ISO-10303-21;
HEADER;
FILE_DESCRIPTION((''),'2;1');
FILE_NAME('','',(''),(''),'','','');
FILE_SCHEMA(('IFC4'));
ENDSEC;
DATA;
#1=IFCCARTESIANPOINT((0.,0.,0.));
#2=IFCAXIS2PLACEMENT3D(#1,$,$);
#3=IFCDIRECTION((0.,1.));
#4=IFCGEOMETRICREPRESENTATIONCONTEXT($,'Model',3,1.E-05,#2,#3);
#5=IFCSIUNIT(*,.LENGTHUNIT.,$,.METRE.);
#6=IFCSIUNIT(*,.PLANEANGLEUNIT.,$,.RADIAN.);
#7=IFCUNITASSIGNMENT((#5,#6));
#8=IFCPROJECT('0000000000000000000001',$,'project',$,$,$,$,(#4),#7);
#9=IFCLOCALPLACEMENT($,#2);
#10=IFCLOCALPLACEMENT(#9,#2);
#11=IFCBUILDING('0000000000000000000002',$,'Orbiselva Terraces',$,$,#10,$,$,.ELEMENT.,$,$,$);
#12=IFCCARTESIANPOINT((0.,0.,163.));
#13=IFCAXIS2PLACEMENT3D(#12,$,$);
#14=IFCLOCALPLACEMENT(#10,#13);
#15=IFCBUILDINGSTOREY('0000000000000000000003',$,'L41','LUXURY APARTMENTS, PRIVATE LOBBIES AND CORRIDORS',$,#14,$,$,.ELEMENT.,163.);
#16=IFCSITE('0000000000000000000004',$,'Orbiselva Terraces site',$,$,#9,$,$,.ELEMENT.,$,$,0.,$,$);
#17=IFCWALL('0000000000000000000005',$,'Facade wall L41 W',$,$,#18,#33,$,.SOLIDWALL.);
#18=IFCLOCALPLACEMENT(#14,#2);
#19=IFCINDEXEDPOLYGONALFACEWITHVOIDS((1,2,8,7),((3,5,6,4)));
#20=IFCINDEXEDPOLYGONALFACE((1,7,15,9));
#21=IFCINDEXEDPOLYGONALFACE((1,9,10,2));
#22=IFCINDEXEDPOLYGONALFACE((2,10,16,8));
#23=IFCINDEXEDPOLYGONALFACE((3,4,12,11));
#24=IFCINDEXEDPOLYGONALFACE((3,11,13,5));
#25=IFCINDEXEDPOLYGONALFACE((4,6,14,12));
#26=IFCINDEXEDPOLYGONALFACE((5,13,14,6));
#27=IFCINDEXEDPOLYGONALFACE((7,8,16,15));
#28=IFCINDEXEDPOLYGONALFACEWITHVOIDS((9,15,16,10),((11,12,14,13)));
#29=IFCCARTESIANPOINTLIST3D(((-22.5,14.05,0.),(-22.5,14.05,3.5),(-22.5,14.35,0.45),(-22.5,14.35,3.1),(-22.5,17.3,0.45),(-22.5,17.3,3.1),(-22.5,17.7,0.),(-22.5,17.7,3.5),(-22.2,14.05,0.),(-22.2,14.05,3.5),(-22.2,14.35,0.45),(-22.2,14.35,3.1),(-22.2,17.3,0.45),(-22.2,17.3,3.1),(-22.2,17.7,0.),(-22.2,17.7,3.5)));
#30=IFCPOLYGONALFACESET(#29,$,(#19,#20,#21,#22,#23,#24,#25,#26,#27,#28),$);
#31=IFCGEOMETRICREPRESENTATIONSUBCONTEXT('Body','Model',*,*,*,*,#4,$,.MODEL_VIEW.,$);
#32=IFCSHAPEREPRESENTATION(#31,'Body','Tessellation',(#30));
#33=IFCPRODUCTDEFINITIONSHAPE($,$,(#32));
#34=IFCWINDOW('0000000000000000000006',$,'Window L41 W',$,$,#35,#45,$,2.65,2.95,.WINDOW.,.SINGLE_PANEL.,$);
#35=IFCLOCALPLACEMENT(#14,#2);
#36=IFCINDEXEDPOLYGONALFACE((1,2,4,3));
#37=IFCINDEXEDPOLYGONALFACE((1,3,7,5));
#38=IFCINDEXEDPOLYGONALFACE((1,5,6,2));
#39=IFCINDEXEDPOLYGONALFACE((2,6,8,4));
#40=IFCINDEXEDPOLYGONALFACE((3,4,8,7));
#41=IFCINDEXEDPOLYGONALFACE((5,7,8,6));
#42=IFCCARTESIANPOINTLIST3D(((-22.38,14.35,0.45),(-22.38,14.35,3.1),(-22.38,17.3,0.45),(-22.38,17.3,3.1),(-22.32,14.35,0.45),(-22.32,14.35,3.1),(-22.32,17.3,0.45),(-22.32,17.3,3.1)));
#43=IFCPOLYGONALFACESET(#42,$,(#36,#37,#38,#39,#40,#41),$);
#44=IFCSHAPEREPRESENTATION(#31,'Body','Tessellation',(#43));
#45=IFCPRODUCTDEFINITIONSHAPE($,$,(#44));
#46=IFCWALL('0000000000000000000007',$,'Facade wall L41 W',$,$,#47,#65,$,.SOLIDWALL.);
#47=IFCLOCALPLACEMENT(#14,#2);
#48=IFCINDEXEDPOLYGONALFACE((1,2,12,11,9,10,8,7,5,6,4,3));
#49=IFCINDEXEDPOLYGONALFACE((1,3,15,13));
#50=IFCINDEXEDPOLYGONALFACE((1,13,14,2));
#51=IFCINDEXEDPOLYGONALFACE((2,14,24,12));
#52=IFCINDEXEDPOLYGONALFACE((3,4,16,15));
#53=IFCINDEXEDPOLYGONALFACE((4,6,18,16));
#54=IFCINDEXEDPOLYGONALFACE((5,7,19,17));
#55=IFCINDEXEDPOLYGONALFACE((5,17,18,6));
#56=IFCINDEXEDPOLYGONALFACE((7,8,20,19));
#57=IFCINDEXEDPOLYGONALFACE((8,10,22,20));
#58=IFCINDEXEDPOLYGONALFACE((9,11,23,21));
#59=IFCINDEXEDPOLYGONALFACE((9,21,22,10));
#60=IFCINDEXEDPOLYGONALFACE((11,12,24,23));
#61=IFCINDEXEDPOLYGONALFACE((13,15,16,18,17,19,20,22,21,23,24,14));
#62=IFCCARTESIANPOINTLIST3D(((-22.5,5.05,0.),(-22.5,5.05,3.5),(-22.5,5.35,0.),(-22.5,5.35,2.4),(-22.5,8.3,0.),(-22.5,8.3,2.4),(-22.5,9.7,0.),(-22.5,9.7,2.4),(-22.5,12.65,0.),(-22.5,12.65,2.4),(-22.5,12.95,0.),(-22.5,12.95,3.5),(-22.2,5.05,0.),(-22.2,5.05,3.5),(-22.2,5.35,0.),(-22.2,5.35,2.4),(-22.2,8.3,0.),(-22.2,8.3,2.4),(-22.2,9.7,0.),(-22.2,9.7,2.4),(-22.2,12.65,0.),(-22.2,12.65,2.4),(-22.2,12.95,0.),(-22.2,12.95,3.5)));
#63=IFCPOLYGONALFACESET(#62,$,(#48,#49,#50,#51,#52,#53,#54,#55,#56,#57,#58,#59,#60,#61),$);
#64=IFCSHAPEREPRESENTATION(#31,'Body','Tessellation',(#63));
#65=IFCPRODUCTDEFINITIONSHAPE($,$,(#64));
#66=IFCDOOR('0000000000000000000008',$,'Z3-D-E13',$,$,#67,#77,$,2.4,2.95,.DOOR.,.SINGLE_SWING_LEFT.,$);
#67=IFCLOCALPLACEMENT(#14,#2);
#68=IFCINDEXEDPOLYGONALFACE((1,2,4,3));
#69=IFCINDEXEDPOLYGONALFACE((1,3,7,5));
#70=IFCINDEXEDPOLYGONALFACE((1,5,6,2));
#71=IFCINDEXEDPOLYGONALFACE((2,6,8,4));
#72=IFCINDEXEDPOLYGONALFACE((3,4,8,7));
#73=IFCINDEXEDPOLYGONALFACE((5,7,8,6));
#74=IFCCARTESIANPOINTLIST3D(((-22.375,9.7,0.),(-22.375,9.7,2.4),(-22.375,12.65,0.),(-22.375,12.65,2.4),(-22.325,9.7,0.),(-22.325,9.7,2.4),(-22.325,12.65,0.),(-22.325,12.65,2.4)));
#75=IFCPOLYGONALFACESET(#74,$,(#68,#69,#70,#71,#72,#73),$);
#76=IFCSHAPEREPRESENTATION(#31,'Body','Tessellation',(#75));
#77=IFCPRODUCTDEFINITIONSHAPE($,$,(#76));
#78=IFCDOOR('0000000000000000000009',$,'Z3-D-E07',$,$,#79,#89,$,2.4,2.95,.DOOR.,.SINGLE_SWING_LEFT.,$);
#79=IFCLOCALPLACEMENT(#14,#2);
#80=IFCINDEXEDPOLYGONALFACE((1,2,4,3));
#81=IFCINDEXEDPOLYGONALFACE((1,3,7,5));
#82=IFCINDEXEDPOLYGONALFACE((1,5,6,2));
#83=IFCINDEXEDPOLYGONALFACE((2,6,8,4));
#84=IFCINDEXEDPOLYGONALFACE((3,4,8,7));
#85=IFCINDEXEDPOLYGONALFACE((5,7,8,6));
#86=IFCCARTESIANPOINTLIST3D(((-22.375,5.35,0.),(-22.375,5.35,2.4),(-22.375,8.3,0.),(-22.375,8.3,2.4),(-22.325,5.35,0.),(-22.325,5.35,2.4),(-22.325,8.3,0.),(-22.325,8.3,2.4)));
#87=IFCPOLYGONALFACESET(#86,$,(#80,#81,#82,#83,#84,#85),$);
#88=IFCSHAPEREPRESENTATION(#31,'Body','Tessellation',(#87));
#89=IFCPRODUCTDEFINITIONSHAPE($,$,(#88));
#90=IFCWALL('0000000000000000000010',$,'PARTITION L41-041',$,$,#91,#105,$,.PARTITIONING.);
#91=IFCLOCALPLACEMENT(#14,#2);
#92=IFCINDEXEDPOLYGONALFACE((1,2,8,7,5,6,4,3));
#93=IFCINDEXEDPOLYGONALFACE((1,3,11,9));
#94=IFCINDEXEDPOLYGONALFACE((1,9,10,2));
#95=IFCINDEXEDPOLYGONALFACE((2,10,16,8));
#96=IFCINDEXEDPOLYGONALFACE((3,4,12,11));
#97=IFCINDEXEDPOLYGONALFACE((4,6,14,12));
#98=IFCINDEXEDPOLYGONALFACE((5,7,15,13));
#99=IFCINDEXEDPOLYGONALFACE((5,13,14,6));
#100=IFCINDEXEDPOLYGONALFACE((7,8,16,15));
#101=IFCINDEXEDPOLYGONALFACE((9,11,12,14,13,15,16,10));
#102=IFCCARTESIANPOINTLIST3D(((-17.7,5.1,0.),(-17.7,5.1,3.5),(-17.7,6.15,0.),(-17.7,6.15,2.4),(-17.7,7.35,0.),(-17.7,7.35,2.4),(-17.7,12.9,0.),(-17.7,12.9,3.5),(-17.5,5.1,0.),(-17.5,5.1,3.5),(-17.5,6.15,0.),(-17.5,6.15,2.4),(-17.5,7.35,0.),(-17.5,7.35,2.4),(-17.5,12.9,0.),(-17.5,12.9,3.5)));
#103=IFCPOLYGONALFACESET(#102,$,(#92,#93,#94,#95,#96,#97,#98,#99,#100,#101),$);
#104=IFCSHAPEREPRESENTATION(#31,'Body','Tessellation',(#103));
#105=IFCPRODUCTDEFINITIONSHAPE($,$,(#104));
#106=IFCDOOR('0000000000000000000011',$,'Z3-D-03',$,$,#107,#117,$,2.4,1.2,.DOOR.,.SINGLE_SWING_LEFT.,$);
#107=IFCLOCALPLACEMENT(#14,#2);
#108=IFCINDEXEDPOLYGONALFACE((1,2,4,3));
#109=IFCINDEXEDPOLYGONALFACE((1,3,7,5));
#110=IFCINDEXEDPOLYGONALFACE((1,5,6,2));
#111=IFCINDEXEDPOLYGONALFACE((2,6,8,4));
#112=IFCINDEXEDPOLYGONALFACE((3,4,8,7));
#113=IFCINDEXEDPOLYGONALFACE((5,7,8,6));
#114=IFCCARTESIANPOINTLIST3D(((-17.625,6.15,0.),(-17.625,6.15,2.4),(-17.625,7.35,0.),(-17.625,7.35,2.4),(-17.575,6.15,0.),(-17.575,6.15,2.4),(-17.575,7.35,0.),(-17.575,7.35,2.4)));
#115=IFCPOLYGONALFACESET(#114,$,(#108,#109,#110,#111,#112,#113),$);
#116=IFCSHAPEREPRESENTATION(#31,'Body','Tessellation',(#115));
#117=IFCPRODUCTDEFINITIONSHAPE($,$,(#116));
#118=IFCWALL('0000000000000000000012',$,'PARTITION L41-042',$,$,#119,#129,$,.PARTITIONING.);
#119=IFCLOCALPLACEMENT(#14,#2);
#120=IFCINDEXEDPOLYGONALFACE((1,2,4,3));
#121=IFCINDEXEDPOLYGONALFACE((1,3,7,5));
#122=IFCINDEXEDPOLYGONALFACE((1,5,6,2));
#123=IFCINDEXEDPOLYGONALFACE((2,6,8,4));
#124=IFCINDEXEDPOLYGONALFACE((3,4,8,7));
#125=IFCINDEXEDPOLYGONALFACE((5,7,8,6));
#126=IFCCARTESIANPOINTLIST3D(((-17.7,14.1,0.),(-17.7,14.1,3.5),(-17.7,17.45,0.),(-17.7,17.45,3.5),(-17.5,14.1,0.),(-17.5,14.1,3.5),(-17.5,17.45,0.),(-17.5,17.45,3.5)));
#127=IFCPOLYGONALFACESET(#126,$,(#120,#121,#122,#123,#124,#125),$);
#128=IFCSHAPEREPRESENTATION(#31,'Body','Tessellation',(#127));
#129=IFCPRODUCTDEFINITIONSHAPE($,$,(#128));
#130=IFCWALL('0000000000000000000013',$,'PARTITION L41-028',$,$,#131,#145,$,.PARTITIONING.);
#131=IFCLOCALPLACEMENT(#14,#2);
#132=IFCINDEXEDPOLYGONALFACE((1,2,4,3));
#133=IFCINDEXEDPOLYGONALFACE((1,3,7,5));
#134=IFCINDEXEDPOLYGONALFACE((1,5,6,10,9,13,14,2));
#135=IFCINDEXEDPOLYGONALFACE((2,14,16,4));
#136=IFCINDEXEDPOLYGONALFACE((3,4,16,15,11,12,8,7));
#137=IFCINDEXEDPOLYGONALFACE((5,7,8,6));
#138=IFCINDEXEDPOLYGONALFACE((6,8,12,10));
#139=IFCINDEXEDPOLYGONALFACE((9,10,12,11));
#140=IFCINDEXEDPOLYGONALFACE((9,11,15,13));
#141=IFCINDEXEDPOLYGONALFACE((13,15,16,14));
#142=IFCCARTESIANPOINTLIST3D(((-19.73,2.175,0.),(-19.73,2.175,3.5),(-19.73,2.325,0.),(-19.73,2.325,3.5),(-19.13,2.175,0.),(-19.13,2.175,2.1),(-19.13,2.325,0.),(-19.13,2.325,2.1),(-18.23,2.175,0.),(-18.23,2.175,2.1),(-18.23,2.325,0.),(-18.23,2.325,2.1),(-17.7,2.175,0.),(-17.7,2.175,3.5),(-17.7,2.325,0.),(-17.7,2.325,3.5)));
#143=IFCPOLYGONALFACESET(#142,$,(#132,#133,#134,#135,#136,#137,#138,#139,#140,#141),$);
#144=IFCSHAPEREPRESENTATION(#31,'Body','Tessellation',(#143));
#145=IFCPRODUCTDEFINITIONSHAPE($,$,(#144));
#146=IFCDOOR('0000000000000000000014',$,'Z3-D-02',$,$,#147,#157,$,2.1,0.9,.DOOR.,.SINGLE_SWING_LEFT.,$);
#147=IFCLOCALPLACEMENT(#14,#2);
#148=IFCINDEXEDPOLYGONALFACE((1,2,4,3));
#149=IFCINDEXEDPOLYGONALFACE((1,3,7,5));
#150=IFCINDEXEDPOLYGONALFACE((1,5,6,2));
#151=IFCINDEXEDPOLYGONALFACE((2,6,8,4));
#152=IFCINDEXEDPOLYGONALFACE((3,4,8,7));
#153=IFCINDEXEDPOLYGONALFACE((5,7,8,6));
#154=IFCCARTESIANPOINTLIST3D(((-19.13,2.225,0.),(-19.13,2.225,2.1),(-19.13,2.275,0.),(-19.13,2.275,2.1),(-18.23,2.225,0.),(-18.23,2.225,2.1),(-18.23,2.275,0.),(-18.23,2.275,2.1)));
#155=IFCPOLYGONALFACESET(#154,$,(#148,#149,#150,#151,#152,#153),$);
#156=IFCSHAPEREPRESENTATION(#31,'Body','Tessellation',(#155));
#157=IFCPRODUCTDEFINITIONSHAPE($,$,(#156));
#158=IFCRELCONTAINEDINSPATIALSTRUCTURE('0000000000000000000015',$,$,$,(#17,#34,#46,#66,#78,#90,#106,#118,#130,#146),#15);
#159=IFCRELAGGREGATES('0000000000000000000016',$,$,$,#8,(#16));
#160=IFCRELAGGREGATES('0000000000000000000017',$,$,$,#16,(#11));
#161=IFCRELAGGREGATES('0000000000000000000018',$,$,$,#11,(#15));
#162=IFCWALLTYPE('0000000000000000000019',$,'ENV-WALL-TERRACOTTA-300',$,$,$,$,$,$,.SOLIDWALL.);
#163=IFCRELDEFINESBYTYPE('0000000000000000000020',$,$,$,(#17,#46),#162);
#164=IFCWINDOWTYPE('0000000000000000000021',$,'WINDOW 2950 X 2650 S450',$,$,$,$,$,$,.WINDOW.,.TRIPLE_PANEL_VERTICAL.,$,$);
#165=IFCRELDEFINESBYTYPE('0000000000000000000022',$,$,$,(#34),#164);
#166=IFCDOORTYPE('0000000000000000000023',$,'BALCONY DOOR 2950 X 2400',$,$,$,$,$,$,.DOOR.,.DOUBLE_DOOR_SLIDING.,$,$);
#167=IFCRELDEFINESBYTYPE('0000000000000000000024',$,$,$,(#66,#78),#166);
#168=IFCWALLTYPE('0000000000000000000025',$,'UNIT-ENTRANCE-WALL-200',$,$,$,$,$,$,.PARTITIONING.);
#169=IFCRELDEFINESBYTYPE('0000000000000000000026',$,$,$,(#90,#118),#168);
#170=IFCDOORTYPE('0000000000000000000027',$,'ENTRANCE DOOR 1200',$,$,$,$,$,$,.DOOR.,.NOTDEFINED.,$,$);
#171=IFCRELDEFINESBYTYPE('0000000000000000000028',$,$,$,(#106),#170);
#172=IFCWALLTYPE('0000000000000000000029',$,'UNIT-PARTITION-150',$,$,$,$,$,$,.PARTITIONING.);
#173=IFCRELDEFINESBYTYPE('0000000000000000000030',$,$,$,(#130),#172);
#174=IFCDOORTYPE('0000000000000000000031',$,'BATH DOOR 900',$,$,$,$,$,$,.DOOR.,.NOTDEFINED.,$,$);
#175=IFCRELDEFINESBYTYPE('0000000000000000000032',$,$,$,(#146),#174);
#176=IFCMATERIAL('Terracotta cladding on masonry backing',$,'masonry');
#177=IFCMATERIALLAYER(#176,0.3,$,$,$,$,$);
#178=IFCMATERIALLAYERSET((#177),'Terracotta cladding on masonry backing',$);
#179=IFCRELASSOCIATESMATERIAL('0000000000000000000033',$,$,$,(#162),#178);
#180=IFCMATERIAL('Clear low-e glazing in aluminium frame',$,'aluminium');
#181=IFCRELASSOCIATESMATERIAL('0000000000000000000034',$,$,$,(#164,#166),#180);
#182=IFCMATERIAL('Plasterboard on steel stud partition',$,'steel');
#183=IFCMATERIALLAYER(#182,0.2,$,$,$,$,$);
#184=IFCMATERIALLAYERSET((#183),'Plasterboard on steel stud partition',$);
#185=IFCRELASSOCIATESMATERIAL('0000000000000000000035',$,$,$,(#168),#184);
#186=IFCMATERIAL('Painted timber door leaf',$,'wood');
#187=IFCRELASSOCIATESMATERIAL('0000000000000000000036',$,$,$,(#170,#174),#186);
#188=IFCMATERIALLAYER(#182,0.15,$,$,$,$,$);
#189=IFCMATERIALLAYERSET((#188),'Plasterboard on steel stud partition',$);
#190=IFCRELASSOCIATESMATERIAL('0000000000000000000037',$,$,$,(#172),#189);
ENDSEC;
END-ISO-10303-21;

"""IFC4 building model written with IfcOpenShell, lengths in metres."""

from ifc_helpers import new_model, si_unit, direction, frame, frame_2d, origin, place, context, subcontext, project, spatial, rectangle, extrude, material, layer, layer_set, type_object, element, fill, save


model = new_model("IFC4")

# Units and contexts
model_context = context("Model", 3, precision=1e-05, world=origin(), true_north=direction((0.0, 1.0)))
body_context = subcontext(model_context, "Body", "Model", "MODEL_VIEW")
ifc_project = project(units=[si_unit("LENGTHUNIT", "METRE"), si_unit("PLANEANGLEUNIT", "RADIAN")], contexts=[model_context])

# Site, building, storey
site_placement = place(None, origin())
site = spatial("IfcSite", under=ifc_project, at=site_placement, Name="Orbiselva Terraces site", CompositionType="ELEMENT", RefElevation=0.0)
building_placement = place(site_placement, origin())
building = spatial("IfcBuilding", under=site, at=building_placement, Name="Orbiselva Terraces", CompositionType="ELEMENT")
storey_placement = place(building_placement, frame((0.0, 0.0, 163.0)))
storey = spatial("IfcBuildingStorey", under=building, at=storey_placement, Name="L41", Description="LUXURY APARTMENTS, PRIVATE LOBBIES AND CORRIDORS", CompositionType="ELEMENT", Elevation=163.0)

# Shared definitions
ifc_material_1 = material(Name="Terracotta cladding on masonry backing", Category="masonry")
ifc_layer_1 = layer(ifc_material_1, 0.3)
ifc_layer_set_1 = layer_set([ifc_layer_1], Name="Terracotta cladding on masonry backing")
wall_type_1 = type_object("IfcWallType", Name="ENV-WALL-TERRACOTTA-300", PredefinedType="SOLIDWALL", material=ifc_layer_set_1)

# Wall, opening, window
wall_1_placement = place(storey_placement, frame((-22.35, 14.05, 0.0), z_axis=(0.0, 0.0, 1.0), x_axis=(0.0, 1.0, 0.0)))
wall_1 = element("IfcWall", 1, at=wall_1_placement, inside=storey, type_object=wall_type_1, Name="Facade wall L41 W", PredefinedType="SOLIDWALL", context=body_context, shape_type="SweptSolid", body=[
    extrude(rectangle(XDim=3.65, YDim=0.3, at=frame_2d((1.825, 0.0))), origin(), (0.0, 0.0, 1.0), 3.5),
])
opening_1_placement = place(wall_1_placement, frame((0.3, 0.0, 0.45)))
opening_1 = element("IfcOpeningElement", 2, at=opening_1_placement, cuts=wall_1, PredefinedType="OPENING", context=body_context, shape_type="SweptSolid", body=[
    extrude(rectangle(XDim=2.95, YDim=2.65, at=frame_2d((1.475, 1.325))), frame((0.0, 0.16, 0.0), z_axis=(0.0, -1.0, 0.0), x_axis=(1.0, 0.0, 0.0)), (0.0, 0.0, 1.0), 0.32),
])
ifc_material_2 = material(Name="Clear low-e glazing in aluminium frame", Category="aluminium")
window_type = type_object("IfcWindowType", Name="WINDOW 2950 X 2650 S450", PartitioningType="TRIPLE_PANEL_VERTICAL", PredefinedType="WINDOW", material=ifc_material_2)
window_placement = place(opening_1_placement, origin())
window = element("IfcWindow", 3, at=window_placement, inside=storey, type_object=window_type, Name="Window L41 W", OverallHeight=2.65, OverallWidth=2.95, PartitioningType="SINGLE_PANEL", PredefinedType="WINDOW", context=body_context, shape_type="SweptSolid", body=[
    extrude(rectangle(XDim=2.95, YDim=2.65, at=frame_2d((1.475, 1.325))), frame((0.0, 0.03, 0.0), z_axis=(0.0, -1.0, 0.0), x_axis=(1.0, 0.0, 0.0)), (0.0, 0.0, 1.0), 0.06),
])
fill(opening_1, window)

# Wall, openings, doors
wall_2_placement = place(storey_placement, frame((-22.35, 5.05, 0.0), z_axis=(0.0, 0.0, 1.0), x_axis=(0.0, 1.0, 0.0)))
wall_2 = element("IfcWall", 4, at=wall_2_placement, inside=storey, type_object=wall_type_1, Name="Facade wall L41 W", PredefinedType="SOLIDWALL", context=body_context, shape_type="SweptSolid", body=[
    extrude(rectangle(XDim=7.9, YDim=0.3, at=frame_2d((3.95, 0.0))), origin(), (0.0, 0.0, 1.0), 3.5),
])
opening_2_placement = place(wall_2_placement, frame((4.65, 0.0, 0.0)))
opening_2 = element("IfcOpeningElement", 5, at=opening_2_placement, cuts=wall_2, PredefinedType="OPENING", context=body_context, shape_type="SweptSolid", body=[
    extrude(rectangle(XDim=2.95, YDim=2.4, at=frame_2d((1.475, 1.2))), frame((0.0, 0.16, 0.0), z_axis=(0.0, -1.0, 0.0), x_axis=(1.0, 0.0, 0.0)), (0.0, 0.0, 1.0), 0.32),
])
opening_3_placement = place(wall_2_placement, frame((0.3, 0.0, 0.0)))
opening_3 = element("IfcOpeningElement", 6, at=opening_3_placement, cuts=wall_2, PredefinedType="OPENING", context=body_context, shape_type="SweptSolid", body=[
    extrude(rectangle(XDim=2.95, YDim=2.4, at=frame_2d((1.475, 1.2))), frame((0.0, 0.16, 0.0), z_axis=(0.0, -1.0, 0.0), x_axis=(1.0, 0.0, 0.0)), (0.0, 0.0, 1.0), 0.32),
])
door_type_1 = type_object("IfcDoorType", Name="BALCONY DOOR 2950 X 2400", OperationType="DOUBLE_DOOR_SLIDING", PredefinedType="DOOR", material=ifc_material_2)
door_1_placement = place(opening_2_placement, origin())
door_1 = element("IfcDoor", 7, at=door_1_placement, inside=storey, type_object=door_type_1, Name="Z3-D-E13", OperationType="SINGLE_SWING_LEFT", OverallHeight=2.4, OverallWidth=2.95, PredefinedType="DOOR", context=body_context, shape_type="SweptSolid", body=[
    extrude(rectangle(XDim=2.95, YDim=2.4, at=frame_2d((1.475, 1.2))), frame((0.0, 0.025, 0.0), z_axis=(0.0, -1.0, 0.0), x_axis=(1.0, 0.0, 0.0)), (0.0, 0.0, 1.0), 0.05),
])
fill(opening_2, door_1)
door_2_placement = place(opening_3_placement, origin())
door_2 = element("IfcDoor", 8, at=door_2_placement, inside=storey, type_object=door_type_1, Name="Z3-D-E07", OperationType="SINGLE_SWING_LEFT", OverallHeight=2.4, OverallWidth=2.95, PredefinedType="DOOR", context=body_context, shape_type="SweptSolid", body=[
    extrude(rectangle(XDim=2.95, YDim=2.4, at=frame_2d((1.475, 1.2))), frame((0.0, 0.025, 0.0), z_axis=(0.0, -1.0, 0.0), x_axis=(1.0, 0.0, 0.0)), (0.0, 0.0, 1.0), 0.05),
])
fill(opening_3, door_2)

# Wall, opening, door
ifc_material_3 = material(Name="Plasterboard on steel stud partition", Category="steel")
ifc_layer_2 = layer(ifc_material_3, 0.2)
ifc_layer_set_2 = layer_set([ifc_layer_2], Name="Plasterboard on steel stud partition")
wall_type_2 = type_object("IfcWallType", Name="UNIT-ENTRANCE-WALL-200", PredefinedType="PARTITIONING", material=ifc_layer_set_2)
wall_3_placement = place(storey_placement, frame((-17.6, 5.1, 0.0), z_axis=(0.0, 0.0, 1.0), x_axis=(0.0, 1.0, 0.0)))
wall_3 = element("IfcWall", 9, at=wall_3_placement, inside=storey, type_object=wall_type_2, Name="PARTITION L41-041", PredefinedType="PARTITIONING", context=body_context, shape_type="SweptSolid", body=[
    extrude(rectangle(XDim=7.8, YDim=0.2, at=frame_2d((3.9, 0.0))), origin(), (0.0, 0.0, 1.0), 3.5),
])
opening_4_placement = place(wall_3_placement, frame((1.05, 0.0, 0.0)))
opening_4 = element("IfcOpeningElement", 10, at=opening_4_placement, cuts=wall_3, PredefinedType="OPENING", context=body_context, shape_type="SweptSolid", body=[
    extrude(rectangle(XDim=1.2, YDim=2.4, at=frame_2d((0.6, 1.2))), frame((0.0, 0.11, 0.0), z_axis=(0.0, -1.0, 0.0), x_axis=(1.0, 0.0, 0.0)), (0.0, 0.0, 1.0), 0.22),
])
ifc_material_4 = material(Name="Painted timber door leaf", Category="wood")
door_type_2 = type_object("IfcDoorType", Name="ENTRANCE DOOR 1200", OperationType="NOTDEFINED", PredefinedType="DOOR", material=ifc_material_4)
door_3_placement = place(opening_4_placement, origin())
door_3 = element("IfcDoor", 11, at=door_3_placement, inside=storey, type_object=door_type_2, Name="Z3-D-03", OperationType="SINGLE_SWING_LEFT", OverallHeight=2.4, OverallWidth=1.2, PredefinedType="DOOR", context=body_context, shape_type="SweptSolid", body=[
    extrude(rectangle(XDim=1.2, YDim=2.4, at=frame_2d((0.6, 1.2))), frame((0.0, 0.025, 0.0), z_axis=(0.0, -1.0, 0.0), x_axis=(1.0, 0.0, 0.0)), (0.0, 0.0, 1.0), 0.05),
])
fill(opening_4, door_3)

# Wall
wall_4_placement = place(storey_placement, frame((-17.6, 14.1, 0.0), z_axis=(0.0, 0.0, 1.0), x_axis=(0.0, 1.0, 0.0)))
element("IfcWall", 12, at=wall_4_placement, inside=storey, type_object=wall_type_2, Name="PARTITION L41-042", PredefinedType="PARTITIONING", context=body_context, shape_type="SweptSolid", body=[
    extrude(rectangle(XDim=3.35, YDim=0.2, at=frame_2d((1.675, 0.0))), origin(), (0.0, 0.0, 1.0), 3.5),
])

# Wall, opening, door
ifc_layer_3 = layer(ifc_material_3, 0.15)
ifc_layer_set_3 = layer_set([ifc_layer_3], Name="Plasterboard on steel stud partition")
wall_type_3 = type_object("IfcWallType", Name="UNIT-PARTITION-150", PredefinedType="PARTITIONING", material=ifc_layer_set_3)
wall_5_placement = place(storey_placement, frame((-17.7, 2.25, 0.0), z_axis=(0.0, 0.0, 1.0), x_axis=(-1.0, 0.0, 0.0)))
wall_5 = element("IfcWall", 13, at=wall_5_placement, inside=storey, type_object=wall_type_3, Name="PARTITION L41-028", PredefinedType="PARTITIONING", context=body_context, shape_type="SweptSolid", body=[
    extrude(rectangle(XDim=2.03, YDim=0.15, at=frame_2d((1.015, 0.0))), origin(), (0.0, 0.0, 1.0), 3.5),
])
opening_5_placement = place(wall_5_placement, frame((0.53, 0.0, 0.0)))
opening_5 = element("IfcOpeningElement", 14, at=opening_5_placement, cuts=wall_5, PredefinedType="OPENING", context=body_context, shape_type="SweptSolid", body=[
    extrude(rectangle(XDim=0.9, YDim=2.1, at=frame_2d((0.45, 1.05))), frame((0.0, 0.085, 0.0), z_axis=(0.0, -1.0, 0.0), x_axis=(1.0, 0.0, 0.0)), (0.0, 0.0, 1.0), 0.17),
])
door_type_3 = type_object("IfcDoorType", Name="BATH DOOR 900", OperationType="NOTDEFINED", PredefinedType="DOOR", material=ifc_material_4)
door_4_placement = place(opening_5_placement, origin())
door_4 = element("IfcDoor", 15, at=door_4_placement, inside=storey, type_object=door_type_3, Name="Z3-D-02", OperationType="SINGLE_SWING_LEFT", OverallHeight=2.1, OverallWidth=0.9, PredefinedType="DOOR", context=body_context, shape_type="SweptSolid", body=[
    extrude(rectangle(XDim=0.9, YDim=2.1, at=frame_2d((0.45, 1.05))), frame((0.0, 0.025, 0.0), z_axis=(0.0, -1.0, 0.0), x_axis=(1.0, 0.0, 0.0)), (0.0, 0.0, 1.0), 0.05),
])
fill(opening_5, door_4)

save(model, "model.ifc")
